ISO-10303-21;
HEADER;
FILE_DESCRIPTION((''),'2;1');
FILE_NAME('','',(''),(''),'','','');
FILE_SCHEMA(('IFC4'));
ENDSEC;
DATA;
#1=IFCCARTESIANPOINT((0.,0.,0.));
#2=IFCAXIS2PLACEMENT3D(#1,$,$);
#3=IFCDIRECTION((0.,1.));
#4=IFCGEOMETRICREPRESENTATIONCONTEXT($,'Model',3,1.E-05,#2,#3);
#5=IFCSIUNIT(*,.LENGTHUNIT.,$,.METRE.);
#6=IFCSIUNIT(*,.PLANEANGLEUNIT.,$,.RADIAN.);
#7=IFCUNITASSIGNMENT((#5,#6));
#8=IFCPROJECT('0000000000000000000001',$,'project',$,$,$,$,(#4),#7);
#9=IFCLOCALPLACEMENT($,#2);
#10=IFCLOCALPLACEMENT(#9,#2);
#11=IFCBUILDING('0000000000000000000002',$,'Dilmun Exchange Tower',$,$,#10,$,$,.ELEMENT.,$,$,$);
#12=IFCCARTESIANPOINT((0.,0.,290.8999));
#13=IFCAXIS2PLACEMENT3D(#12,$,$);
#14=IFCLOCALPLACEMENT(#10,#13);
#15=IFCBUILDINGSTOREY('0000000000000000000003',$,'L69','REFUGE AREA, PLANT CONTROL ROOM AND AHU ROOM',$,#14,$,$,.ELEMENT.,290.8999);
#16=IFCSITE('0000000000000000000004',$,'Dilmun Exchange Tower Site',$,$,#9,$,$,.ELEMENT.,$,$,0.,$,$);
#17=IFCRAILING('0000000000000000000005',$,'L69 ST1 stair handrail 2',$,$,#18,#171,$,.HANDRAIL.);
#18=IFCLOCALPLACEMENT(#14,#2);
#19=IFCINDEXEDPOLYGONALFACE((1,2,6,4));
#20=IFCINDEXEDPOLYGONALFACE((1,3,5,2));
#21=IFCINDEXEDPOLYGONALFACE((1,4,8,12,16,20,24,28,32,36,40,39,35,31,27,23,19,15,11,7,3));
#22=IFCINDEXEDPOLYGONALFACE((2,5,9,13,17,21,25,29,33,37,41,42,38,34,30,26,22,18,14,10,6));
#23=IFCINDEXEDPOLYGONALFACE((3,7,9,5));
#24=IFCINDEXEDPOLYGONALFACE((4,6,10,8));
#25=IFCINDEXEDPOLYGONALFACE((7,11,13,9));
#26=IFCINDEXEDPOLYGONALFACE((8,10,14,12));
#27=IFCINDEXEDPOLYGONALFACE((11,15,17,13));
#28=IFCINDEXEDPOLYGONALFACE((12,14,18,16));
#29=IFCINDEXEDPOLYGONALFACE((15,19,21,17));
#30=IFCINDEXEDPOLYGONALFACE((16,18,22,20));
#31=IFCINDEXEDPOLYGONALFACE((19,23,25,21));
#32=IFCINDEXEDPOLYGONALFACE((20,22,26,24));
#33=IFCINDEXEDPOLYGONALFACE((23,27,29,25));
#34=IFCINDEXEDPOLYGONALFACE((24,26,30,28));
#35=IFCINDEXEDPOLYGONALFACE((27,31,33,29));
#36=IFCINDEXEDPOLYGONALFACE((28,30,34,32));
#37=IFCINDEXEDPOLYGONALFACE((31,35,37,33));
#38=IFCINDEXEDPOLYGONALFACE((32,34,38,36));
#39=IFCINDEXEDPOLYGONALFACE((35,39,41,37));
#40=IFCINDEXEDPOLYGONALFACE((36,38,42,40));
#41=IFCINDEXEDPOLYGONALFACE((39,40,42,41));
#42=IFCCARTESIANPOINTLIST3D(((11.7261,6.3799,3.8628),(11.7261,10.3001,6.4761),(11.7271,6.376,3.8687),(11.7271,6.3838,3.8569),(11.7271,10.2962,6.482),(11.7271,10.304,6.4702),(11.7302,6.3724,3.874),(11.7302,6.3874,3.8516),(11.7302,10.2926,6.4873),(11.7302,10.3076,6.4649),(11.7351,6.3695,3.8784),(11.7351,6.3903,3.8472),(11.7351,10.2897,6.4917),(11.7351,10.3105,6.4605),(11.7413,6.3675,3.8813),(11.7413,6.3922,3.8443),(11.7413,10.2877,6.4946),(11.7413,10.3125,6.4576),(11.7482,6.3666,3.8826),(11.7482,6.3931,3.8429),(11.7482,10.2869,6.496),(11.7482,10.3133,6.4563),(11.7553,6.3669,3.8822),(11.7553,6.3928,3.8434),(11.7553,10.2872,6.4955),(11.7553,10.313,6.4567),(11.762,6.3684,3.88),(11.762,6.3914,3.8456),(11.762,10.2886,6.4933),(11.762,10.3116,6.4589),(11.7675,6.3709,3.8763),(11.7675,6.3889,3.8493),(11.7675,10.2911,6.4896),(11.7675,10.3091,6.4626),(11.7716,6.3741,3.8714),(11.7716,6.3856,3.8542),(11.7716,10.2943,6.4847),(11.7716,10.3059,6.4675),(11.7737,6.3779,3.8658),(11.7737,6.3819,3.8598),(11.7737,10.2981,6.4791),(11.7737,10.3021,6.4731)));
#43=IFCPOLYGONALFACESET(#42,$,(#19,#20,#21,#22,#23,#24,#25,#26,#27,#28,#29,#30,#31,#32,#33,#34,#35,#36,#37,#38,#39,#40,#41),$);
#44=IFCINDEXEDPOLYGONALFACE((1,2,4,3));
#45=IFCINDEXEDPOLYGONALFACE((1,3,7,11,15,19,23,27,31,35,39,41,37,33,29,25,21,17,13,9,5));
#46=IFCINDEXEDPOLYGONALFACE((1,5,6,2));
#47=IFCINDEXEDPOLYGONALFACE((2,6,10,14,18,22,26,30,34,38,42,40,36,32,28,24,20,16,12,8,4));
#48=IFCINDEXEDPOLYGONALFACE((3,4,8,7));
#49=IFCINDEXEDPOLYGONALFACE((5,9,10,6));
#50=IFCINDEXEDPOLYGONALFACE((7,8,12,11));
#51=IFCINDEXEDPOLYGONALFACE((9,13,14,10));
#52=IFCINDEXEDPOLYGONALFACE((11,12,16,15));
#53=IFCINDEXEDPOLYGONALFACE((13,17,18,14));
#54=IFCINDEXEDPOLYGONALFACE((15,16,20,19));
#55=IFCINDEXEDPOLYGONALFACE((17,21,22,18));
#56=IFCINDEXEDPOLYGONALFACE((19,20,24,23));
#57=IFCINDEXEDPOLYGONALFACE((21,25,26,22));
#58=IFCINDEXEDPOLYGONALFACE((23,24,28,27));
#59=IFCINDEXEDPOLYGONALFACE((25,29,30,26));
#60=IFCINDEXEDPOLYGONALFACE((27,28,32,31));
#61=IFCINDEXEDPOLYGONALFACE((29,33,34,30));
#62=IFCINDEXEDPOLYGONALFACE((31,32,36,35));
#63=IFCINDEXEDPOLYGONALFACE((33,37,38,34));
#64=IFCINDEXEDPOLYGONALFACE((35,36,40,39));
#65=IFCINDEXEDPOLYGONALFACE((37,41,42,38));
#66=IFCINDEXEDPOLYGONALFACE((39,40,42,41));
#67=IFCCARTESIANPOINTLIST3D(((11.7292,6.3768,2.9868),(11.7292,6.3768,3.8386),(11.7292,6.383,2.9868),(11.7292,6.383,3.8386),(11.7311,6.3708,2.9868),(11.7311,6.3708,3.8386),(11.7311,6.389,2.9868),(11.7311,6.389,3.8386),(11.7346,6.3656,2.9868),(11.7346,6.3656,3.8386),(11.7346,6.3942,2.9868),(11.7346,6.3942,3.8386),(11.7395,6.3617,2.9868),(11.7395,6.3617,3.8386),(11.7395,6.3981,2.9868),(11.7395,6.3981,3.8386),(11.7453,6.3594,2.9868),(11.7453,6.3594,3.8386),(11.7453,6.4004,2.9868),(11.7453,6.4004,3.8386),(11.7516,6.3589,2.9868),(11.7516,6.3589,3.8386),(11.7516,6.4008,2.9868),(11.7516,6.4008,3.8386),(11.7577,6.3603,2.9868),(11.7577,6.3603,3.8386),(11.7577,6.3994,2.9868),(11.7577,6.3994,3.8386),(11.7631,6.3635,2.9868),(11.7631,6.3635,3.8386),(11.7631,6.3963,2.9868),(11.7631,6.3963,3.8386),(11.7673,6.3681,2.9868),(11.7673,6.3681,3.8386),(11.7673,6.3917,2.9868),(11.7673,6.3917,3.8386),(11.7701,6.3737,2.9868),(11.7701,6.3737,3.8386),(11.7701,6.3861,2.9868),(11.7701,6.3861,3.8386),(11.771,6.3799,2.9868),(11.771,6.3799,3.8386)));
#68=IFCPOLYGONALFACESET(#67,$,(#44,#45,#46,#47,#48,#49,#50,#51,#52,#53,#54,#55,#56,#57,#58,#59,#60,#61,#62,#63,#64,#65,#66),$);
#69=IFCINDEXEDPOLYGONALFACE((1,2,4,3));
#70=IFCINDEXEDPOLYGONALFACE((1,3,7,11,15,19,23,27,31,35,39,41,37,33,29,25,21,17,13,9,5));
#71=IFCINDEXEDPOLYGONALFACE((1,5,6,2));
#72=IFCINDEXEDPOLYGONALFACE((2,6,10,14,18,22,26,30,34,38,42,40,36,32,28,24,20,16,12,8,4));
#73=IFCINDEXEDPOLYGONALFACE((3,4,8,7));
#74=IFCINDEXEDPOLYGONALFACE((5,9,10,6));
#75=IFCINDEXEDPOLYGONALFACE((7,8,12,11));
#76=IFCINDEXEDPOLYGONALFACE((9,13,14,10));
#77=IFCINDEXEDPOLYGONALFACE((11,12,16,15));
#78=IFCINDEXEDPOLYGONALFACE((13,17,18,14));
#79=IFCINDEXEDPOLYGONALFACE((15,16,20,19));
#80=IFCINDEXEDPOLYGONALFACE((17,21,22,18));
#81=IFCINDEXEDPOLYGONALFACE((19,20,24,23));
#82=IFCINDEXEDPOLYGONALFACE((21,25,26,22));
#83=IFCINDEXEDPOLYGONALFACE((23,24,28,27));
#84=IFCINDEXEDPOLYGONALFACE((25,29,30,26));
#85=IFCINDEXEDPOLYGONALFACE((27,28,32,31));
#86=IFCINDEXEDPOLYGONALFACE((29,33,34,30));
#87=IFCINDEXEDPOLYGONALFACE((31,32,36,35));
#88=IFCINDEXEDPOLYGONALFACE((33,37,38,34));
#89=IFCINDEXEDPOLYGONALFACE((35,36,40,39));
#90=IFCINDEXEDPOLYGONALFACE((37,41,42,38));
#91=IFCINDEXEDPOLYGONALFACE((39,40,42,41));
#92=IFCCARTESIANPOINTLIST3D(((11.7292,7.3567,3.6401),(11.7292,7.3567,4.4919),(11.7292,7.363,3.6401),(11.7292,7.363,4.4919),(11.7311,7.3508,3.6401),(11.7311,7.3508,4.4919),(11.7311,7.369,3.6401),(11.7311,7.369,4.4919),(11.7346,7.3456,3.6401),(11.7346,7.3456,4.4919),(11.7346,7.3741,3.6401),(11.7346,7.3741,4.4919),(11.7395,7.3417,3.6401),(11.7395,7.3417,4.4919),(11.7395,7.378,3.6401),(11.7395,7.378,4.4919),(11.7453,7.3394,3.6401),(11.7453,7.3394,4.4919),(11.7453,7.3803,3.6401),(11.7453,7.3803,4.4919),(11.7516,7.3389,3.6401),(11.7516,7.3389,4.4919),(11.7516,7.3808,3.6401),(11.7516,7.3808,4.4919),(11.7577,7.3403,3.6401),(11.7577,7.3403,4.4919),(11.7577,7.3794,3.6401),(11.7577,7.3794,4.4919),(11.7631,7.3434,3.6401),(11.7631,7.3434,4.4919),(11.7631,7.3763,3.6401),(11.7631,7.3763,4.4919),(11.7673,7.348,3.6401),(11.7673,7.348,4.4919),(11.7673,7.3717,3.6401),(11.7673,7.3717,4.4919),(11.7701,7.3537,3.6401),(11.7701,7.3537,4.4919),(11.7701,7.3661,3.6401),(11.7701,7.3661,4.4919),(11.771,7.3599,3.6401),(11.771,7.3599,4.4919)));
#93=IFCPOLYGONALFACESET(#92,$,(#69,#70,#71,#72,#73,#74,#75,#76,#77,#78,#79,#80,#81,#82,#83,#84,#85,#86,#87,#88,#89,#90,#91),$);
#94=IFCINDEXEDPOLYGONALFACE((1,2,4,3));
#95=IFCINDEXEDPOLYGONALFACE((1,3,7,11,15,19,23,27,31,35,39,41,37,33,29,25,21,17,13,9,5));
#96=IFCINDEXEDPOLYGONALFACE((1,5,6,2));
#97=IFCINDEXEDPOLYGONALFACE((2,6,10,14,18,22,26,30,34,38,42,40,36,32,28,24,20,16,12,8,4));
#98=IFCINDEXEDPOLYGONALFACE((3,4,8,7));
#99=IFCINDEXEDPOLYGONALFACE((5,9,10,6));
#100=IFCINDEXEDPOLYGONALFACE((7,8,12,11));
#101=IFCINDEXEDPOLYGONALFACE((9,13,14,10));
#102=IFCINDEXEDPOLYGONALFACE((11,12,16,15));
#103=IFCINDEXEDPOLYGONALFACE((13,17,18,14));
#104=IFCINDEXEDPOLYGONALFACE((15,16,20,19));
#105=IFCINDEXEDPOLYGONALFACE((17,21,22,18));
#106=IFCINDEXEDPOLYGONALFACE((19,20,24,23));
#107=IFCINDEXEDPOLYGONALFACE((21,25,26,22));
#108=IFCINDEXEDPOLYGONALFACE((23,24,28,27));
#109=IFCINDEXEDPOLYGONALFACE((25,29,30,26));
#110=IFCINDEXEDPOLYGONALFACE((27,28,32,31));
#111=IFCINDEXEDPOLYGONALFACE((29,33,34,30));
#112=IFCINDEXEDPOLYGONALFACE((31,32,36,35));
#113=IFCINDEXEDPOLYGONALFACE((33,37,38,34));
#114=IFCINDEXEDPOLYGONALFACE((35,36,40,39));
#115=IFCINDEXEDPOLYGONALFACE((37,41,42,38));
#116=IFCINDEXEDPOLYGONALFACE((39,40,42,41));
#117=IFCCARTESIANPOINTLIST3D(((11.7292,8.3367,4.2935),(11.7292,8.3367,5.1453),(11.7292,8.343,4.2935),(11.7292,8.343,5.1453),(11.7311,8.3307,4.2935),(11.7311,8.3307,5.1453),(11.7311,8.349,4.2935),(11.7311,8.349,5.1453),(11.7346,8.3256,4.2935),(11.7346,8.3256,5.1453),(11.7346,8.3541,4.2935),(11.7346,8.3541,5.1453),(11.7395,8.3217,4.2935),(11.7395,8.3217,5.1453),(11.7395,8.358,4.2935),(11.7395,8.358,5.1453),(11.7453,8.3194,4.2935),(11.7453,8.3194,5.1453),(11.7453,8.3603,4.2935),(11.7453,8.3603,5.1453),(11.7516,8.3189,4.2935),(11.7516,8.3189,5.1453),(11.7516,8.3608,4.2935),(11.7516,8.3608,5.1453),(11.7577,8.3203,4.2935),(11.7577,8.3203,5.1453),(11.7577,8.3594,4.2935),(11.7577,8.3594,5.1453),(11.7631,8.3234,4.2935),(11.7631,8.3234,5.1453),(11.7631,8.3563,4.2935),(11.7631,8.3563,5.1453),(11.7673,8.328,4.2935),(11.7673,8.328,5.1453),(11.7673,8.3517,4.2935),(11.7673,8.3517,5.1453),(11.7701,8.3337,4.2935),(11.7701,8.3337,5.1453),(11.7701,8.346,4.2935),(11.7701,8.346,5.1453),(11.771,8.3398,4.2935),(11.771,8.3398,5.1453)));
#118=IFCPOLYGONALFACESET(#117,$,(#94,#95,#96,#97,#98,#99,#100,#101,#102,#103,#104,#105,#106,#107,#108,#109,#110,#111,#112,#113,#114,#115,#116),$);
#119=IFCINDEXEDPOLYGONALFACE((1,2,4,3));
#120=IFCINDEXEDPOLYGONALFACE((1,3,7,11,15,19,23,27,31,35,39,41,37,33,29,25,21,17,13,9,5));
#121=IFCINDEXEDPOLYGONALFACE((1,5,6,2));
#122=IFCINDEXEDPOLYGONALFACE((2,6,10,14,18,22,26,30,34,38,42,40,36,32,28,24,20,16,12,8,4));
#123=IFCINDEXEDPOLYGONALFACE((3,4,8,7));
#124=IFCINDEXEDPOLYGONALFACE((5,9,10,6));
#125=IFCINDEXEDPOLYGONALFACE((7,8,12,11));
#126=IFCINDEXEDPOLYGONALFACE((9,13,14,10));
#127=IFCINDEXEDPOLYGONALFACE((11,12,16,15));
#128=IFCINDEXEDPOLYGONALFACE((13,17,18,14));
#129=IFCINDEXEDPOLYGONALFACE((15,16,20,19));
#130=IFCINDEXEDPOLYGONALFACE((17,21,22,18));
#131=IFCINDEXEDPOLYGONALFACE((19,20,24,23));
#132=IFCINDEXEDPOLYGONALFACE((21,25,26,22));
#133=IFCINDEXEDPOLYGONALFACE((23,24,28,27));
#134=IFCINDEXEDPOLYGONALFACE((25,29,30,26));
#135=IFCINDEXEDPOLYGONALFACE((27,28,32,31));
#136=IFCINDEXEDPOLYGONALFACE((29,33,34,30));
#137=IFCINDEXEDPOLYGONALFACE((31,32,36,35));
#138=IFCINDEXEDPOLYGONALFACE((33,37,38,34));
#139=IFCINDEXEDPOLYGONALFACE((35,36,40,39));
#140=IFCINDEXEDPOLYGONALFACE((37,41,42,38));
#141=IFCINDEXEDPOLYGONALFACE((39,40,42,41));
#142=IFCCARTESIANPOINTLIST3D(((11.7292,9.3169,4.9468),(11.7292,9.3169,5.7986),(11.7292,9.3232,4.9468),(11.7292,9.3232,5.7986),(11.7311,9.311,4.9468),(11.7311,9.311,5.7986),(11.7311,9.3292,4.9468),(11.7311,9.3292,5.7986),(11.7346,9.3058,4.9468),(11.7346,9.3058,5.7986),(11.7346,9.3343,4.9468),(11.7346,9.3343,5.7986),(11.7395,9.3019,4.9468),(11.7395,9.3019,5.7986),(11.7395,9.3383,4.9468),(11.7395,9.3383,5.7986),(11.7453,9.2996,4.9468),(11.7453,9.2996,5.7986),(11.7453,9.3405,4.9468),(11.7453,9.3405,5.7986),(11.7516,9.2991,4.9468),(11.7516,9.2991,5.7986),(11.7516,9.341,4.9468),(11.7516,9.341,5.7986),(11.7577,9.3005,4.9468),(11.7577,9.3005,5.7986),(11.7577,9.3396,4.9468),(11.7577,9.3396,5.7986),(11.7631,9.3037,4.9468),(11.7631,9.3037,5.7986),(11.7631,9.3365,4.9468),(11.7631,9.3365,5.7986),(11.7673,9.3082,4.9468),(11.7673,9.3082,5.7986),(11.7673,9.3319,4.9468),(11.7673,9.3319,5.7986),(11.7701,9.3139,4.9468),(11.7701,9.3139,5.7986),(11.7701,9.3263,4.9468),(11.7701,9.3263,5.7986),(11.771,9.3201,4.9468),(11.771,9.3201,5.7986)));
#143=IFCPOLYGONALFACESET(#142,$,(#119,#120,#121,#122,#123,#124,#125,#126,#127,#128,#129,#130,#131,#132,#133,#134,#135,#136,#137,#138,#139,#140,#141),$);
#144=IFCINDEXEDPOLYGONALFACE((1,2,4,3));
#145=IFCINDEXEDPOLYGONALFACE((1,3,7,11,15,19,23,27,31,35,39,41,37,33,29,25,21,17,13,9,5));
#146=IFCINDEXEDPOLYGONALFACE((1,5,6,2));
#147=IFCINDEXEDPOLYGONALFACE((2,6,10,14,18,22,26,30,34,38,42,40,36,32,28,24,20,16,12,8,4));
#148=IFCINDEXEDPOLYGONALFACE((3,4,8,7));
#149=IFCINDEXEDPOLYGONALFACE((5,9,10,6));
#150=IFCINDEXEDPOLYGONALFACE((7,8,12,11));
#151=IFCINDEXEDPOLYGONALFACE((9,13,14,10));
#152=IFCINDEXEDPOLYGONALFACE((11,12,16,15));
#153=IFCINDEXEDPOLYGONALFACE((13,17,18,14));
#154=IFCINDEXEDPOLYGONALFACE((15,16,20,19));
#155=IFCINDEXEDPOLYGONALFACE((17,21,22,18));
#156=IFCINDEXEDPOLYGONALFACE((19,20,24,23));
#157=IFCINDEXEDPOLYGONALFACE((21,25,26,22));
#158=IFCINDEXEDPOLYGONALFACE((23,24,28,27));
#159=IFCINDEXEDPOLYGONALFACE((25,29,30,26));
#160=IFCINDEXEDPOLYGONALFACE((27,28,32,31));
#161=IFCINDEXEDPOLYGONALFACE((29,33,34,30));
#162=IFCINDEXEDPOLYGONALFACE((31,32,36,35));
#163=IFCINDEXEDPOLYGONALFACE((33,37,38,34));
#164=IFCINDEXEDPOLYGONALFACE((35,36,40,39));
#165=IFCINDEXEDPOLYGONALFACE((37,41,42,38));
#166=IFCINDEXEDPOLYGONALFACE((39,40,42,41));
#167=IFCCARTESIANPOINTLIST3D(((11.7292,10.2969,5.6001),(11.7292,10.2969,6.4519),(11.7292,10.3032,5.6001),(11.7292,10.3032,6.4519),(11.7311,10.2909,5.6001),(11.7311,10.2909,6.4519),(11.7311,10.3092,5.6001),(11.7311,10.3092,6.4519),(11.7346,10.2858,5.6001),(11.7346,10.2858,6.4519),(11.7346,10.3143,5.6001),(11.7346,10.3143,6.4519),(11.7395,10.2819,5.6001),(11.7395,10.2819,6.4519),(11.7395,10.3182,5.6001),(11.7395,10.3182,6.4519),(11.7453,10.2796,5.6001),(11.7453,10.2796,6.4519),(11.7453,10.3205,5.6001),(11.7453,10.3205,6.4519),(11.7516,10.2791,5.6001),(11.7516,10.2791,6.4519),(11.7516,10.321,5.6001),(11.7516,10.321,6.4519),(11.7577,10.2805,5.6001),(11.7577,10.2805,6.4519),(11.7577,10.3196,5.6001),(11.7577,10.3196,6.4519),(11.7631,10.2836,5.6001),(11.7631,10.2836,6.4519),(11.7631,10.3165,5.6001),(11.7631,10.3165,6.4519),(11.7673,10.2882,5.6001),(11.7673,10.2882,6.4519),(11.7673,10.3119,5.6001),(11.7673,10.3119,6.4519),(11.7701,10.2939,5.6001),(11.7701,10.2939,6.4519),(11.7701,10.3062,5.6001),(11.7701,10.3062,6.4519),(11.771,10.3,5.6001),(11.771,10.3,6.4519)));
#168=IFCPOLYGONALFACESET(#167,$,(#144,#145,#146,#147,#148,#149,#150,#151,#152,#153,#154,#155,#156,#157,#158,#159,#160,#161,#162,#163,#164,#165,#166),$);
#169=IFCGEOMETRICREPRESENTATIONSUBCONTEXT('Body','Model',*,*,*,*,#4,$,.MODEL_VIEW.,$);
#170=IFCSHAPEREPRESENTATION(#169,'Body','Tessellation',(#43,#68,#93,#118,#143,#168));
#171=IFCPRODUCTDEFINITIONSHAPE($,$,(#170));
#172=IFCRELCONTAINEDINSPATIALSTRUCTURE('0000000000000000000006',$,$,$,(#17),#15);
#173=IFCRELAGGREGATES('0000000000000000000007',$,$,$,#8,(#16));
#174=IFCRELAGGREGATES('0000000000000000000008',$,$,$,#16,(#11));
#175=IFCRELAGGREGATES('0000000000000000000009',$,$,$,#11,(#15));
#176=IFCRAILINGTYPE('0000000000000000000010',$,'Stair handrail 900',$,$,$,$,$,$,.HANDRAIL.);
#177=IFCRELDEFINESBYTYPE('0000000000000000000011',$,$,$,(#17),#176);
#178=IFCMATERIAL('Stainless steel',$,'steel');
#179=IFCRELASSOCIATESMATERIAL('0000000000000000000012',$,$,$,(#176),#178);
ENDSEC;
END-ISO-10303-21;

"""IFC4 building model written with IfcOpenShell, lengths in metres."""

from ifc_helpers import new_model, si_unit, direction, frame, origin, origin_2d, place, context, subcontext, project, spatial, circle, extrude, material, type_object, element, save


model = new_model("IFC4")

# Units and contexts
model_context = context("Model", 3, precision=1e-05, world=origin(), true_north=direction((0.0, 1.0)))
body_context = subcontext(model_context, "Body", "Model", "MODEL_VIEW")
ifc_project = project(units=[si_unit("LENGTHUNIT", "METRE"), si_unit("PLANEANGLEUNIT", "RADIAN")], contexts=[model_context])

# Site, building, storey
site_placement = place(None, origin())
site = spatial("IfcSite", under=ifc_project, at=site_placement, Name="Dilmun Exchange Tower Site", CompositionType="ELEMENT", RefElevation=0.0)
building_placement = place(site_placement, origin())
building = spatial("IfcBuilding", under=site, at=building_placement, Name="Dilmun Exchange Tower", CompositionType="ELEMENT")
storey_placement = place(building_placement, frame((0.0, 0.0, 290.8999)))
storey = spatial("IfcBuildingStorey", under=building, at=storey_placement, Name="L69", Description="REFUGE AREA, PLANT CONTROL ROOM AND AHU ROOM", CompositionType="ELEMENT", Elevation=290.8999)

# Railing
ifc_material_1 = material(Name="Stainless steel", Category="steel")
railing_type = type_object("IfcRailingType", Name="Stair handrail 900", PredefinedType="HANDRAIL", material=ifc_material_1)
railing_1_placement = place(storey_placement, frame((11.75, 6.3799, 2.9868)))
element("IfcRailing", 1, at=railing_1_placement, inside=storey, type_object=railing_type, Name="L69 ST1 stair handrail 2", PredefinedType="HANDRAIL", context=body_context, shape_type="SweptSolid", body=[
    extrude(circle(Radius=0.0239, at=origin_2d()), frame((0.0, 0.0, 0.876), z_axis=(0.0, 0.832066, 0.554676), x_axis=(-1.0, 0.0, 0.0)), (0.0, 0.0, 1.0), 4.7114),
    extrude(circle(Radius=0.021, at=origin_2d()), origin(), (0.0, 0.0, 1.0), 0.8518),
    extrude(circle(Radius=0.021, at=origin_2d()), frame((0.0, 0.98, 0.6533)), (0.0, 0.0, 1.0), 0.8518),
    extrude(circle(Radius=0.021, at=origin_2d()), frame((0.0, 1.96, 1.3066)), (0.0, 0.0, 1.0), 0.8518),
    extrude(circle(Radius=0.021, at=origin_2d()), frame((0.0, 2.9402, 1.96)), (0.0, 0.0, 1.0), 0.8518),
    extrude(circle(Radius=0.021, at=origin_2d()), frame((0.0, 3.9202, 2.6133)), (0.0, 0.0, 1.0), 0.8518),
])

save(model, "model.ifc")
